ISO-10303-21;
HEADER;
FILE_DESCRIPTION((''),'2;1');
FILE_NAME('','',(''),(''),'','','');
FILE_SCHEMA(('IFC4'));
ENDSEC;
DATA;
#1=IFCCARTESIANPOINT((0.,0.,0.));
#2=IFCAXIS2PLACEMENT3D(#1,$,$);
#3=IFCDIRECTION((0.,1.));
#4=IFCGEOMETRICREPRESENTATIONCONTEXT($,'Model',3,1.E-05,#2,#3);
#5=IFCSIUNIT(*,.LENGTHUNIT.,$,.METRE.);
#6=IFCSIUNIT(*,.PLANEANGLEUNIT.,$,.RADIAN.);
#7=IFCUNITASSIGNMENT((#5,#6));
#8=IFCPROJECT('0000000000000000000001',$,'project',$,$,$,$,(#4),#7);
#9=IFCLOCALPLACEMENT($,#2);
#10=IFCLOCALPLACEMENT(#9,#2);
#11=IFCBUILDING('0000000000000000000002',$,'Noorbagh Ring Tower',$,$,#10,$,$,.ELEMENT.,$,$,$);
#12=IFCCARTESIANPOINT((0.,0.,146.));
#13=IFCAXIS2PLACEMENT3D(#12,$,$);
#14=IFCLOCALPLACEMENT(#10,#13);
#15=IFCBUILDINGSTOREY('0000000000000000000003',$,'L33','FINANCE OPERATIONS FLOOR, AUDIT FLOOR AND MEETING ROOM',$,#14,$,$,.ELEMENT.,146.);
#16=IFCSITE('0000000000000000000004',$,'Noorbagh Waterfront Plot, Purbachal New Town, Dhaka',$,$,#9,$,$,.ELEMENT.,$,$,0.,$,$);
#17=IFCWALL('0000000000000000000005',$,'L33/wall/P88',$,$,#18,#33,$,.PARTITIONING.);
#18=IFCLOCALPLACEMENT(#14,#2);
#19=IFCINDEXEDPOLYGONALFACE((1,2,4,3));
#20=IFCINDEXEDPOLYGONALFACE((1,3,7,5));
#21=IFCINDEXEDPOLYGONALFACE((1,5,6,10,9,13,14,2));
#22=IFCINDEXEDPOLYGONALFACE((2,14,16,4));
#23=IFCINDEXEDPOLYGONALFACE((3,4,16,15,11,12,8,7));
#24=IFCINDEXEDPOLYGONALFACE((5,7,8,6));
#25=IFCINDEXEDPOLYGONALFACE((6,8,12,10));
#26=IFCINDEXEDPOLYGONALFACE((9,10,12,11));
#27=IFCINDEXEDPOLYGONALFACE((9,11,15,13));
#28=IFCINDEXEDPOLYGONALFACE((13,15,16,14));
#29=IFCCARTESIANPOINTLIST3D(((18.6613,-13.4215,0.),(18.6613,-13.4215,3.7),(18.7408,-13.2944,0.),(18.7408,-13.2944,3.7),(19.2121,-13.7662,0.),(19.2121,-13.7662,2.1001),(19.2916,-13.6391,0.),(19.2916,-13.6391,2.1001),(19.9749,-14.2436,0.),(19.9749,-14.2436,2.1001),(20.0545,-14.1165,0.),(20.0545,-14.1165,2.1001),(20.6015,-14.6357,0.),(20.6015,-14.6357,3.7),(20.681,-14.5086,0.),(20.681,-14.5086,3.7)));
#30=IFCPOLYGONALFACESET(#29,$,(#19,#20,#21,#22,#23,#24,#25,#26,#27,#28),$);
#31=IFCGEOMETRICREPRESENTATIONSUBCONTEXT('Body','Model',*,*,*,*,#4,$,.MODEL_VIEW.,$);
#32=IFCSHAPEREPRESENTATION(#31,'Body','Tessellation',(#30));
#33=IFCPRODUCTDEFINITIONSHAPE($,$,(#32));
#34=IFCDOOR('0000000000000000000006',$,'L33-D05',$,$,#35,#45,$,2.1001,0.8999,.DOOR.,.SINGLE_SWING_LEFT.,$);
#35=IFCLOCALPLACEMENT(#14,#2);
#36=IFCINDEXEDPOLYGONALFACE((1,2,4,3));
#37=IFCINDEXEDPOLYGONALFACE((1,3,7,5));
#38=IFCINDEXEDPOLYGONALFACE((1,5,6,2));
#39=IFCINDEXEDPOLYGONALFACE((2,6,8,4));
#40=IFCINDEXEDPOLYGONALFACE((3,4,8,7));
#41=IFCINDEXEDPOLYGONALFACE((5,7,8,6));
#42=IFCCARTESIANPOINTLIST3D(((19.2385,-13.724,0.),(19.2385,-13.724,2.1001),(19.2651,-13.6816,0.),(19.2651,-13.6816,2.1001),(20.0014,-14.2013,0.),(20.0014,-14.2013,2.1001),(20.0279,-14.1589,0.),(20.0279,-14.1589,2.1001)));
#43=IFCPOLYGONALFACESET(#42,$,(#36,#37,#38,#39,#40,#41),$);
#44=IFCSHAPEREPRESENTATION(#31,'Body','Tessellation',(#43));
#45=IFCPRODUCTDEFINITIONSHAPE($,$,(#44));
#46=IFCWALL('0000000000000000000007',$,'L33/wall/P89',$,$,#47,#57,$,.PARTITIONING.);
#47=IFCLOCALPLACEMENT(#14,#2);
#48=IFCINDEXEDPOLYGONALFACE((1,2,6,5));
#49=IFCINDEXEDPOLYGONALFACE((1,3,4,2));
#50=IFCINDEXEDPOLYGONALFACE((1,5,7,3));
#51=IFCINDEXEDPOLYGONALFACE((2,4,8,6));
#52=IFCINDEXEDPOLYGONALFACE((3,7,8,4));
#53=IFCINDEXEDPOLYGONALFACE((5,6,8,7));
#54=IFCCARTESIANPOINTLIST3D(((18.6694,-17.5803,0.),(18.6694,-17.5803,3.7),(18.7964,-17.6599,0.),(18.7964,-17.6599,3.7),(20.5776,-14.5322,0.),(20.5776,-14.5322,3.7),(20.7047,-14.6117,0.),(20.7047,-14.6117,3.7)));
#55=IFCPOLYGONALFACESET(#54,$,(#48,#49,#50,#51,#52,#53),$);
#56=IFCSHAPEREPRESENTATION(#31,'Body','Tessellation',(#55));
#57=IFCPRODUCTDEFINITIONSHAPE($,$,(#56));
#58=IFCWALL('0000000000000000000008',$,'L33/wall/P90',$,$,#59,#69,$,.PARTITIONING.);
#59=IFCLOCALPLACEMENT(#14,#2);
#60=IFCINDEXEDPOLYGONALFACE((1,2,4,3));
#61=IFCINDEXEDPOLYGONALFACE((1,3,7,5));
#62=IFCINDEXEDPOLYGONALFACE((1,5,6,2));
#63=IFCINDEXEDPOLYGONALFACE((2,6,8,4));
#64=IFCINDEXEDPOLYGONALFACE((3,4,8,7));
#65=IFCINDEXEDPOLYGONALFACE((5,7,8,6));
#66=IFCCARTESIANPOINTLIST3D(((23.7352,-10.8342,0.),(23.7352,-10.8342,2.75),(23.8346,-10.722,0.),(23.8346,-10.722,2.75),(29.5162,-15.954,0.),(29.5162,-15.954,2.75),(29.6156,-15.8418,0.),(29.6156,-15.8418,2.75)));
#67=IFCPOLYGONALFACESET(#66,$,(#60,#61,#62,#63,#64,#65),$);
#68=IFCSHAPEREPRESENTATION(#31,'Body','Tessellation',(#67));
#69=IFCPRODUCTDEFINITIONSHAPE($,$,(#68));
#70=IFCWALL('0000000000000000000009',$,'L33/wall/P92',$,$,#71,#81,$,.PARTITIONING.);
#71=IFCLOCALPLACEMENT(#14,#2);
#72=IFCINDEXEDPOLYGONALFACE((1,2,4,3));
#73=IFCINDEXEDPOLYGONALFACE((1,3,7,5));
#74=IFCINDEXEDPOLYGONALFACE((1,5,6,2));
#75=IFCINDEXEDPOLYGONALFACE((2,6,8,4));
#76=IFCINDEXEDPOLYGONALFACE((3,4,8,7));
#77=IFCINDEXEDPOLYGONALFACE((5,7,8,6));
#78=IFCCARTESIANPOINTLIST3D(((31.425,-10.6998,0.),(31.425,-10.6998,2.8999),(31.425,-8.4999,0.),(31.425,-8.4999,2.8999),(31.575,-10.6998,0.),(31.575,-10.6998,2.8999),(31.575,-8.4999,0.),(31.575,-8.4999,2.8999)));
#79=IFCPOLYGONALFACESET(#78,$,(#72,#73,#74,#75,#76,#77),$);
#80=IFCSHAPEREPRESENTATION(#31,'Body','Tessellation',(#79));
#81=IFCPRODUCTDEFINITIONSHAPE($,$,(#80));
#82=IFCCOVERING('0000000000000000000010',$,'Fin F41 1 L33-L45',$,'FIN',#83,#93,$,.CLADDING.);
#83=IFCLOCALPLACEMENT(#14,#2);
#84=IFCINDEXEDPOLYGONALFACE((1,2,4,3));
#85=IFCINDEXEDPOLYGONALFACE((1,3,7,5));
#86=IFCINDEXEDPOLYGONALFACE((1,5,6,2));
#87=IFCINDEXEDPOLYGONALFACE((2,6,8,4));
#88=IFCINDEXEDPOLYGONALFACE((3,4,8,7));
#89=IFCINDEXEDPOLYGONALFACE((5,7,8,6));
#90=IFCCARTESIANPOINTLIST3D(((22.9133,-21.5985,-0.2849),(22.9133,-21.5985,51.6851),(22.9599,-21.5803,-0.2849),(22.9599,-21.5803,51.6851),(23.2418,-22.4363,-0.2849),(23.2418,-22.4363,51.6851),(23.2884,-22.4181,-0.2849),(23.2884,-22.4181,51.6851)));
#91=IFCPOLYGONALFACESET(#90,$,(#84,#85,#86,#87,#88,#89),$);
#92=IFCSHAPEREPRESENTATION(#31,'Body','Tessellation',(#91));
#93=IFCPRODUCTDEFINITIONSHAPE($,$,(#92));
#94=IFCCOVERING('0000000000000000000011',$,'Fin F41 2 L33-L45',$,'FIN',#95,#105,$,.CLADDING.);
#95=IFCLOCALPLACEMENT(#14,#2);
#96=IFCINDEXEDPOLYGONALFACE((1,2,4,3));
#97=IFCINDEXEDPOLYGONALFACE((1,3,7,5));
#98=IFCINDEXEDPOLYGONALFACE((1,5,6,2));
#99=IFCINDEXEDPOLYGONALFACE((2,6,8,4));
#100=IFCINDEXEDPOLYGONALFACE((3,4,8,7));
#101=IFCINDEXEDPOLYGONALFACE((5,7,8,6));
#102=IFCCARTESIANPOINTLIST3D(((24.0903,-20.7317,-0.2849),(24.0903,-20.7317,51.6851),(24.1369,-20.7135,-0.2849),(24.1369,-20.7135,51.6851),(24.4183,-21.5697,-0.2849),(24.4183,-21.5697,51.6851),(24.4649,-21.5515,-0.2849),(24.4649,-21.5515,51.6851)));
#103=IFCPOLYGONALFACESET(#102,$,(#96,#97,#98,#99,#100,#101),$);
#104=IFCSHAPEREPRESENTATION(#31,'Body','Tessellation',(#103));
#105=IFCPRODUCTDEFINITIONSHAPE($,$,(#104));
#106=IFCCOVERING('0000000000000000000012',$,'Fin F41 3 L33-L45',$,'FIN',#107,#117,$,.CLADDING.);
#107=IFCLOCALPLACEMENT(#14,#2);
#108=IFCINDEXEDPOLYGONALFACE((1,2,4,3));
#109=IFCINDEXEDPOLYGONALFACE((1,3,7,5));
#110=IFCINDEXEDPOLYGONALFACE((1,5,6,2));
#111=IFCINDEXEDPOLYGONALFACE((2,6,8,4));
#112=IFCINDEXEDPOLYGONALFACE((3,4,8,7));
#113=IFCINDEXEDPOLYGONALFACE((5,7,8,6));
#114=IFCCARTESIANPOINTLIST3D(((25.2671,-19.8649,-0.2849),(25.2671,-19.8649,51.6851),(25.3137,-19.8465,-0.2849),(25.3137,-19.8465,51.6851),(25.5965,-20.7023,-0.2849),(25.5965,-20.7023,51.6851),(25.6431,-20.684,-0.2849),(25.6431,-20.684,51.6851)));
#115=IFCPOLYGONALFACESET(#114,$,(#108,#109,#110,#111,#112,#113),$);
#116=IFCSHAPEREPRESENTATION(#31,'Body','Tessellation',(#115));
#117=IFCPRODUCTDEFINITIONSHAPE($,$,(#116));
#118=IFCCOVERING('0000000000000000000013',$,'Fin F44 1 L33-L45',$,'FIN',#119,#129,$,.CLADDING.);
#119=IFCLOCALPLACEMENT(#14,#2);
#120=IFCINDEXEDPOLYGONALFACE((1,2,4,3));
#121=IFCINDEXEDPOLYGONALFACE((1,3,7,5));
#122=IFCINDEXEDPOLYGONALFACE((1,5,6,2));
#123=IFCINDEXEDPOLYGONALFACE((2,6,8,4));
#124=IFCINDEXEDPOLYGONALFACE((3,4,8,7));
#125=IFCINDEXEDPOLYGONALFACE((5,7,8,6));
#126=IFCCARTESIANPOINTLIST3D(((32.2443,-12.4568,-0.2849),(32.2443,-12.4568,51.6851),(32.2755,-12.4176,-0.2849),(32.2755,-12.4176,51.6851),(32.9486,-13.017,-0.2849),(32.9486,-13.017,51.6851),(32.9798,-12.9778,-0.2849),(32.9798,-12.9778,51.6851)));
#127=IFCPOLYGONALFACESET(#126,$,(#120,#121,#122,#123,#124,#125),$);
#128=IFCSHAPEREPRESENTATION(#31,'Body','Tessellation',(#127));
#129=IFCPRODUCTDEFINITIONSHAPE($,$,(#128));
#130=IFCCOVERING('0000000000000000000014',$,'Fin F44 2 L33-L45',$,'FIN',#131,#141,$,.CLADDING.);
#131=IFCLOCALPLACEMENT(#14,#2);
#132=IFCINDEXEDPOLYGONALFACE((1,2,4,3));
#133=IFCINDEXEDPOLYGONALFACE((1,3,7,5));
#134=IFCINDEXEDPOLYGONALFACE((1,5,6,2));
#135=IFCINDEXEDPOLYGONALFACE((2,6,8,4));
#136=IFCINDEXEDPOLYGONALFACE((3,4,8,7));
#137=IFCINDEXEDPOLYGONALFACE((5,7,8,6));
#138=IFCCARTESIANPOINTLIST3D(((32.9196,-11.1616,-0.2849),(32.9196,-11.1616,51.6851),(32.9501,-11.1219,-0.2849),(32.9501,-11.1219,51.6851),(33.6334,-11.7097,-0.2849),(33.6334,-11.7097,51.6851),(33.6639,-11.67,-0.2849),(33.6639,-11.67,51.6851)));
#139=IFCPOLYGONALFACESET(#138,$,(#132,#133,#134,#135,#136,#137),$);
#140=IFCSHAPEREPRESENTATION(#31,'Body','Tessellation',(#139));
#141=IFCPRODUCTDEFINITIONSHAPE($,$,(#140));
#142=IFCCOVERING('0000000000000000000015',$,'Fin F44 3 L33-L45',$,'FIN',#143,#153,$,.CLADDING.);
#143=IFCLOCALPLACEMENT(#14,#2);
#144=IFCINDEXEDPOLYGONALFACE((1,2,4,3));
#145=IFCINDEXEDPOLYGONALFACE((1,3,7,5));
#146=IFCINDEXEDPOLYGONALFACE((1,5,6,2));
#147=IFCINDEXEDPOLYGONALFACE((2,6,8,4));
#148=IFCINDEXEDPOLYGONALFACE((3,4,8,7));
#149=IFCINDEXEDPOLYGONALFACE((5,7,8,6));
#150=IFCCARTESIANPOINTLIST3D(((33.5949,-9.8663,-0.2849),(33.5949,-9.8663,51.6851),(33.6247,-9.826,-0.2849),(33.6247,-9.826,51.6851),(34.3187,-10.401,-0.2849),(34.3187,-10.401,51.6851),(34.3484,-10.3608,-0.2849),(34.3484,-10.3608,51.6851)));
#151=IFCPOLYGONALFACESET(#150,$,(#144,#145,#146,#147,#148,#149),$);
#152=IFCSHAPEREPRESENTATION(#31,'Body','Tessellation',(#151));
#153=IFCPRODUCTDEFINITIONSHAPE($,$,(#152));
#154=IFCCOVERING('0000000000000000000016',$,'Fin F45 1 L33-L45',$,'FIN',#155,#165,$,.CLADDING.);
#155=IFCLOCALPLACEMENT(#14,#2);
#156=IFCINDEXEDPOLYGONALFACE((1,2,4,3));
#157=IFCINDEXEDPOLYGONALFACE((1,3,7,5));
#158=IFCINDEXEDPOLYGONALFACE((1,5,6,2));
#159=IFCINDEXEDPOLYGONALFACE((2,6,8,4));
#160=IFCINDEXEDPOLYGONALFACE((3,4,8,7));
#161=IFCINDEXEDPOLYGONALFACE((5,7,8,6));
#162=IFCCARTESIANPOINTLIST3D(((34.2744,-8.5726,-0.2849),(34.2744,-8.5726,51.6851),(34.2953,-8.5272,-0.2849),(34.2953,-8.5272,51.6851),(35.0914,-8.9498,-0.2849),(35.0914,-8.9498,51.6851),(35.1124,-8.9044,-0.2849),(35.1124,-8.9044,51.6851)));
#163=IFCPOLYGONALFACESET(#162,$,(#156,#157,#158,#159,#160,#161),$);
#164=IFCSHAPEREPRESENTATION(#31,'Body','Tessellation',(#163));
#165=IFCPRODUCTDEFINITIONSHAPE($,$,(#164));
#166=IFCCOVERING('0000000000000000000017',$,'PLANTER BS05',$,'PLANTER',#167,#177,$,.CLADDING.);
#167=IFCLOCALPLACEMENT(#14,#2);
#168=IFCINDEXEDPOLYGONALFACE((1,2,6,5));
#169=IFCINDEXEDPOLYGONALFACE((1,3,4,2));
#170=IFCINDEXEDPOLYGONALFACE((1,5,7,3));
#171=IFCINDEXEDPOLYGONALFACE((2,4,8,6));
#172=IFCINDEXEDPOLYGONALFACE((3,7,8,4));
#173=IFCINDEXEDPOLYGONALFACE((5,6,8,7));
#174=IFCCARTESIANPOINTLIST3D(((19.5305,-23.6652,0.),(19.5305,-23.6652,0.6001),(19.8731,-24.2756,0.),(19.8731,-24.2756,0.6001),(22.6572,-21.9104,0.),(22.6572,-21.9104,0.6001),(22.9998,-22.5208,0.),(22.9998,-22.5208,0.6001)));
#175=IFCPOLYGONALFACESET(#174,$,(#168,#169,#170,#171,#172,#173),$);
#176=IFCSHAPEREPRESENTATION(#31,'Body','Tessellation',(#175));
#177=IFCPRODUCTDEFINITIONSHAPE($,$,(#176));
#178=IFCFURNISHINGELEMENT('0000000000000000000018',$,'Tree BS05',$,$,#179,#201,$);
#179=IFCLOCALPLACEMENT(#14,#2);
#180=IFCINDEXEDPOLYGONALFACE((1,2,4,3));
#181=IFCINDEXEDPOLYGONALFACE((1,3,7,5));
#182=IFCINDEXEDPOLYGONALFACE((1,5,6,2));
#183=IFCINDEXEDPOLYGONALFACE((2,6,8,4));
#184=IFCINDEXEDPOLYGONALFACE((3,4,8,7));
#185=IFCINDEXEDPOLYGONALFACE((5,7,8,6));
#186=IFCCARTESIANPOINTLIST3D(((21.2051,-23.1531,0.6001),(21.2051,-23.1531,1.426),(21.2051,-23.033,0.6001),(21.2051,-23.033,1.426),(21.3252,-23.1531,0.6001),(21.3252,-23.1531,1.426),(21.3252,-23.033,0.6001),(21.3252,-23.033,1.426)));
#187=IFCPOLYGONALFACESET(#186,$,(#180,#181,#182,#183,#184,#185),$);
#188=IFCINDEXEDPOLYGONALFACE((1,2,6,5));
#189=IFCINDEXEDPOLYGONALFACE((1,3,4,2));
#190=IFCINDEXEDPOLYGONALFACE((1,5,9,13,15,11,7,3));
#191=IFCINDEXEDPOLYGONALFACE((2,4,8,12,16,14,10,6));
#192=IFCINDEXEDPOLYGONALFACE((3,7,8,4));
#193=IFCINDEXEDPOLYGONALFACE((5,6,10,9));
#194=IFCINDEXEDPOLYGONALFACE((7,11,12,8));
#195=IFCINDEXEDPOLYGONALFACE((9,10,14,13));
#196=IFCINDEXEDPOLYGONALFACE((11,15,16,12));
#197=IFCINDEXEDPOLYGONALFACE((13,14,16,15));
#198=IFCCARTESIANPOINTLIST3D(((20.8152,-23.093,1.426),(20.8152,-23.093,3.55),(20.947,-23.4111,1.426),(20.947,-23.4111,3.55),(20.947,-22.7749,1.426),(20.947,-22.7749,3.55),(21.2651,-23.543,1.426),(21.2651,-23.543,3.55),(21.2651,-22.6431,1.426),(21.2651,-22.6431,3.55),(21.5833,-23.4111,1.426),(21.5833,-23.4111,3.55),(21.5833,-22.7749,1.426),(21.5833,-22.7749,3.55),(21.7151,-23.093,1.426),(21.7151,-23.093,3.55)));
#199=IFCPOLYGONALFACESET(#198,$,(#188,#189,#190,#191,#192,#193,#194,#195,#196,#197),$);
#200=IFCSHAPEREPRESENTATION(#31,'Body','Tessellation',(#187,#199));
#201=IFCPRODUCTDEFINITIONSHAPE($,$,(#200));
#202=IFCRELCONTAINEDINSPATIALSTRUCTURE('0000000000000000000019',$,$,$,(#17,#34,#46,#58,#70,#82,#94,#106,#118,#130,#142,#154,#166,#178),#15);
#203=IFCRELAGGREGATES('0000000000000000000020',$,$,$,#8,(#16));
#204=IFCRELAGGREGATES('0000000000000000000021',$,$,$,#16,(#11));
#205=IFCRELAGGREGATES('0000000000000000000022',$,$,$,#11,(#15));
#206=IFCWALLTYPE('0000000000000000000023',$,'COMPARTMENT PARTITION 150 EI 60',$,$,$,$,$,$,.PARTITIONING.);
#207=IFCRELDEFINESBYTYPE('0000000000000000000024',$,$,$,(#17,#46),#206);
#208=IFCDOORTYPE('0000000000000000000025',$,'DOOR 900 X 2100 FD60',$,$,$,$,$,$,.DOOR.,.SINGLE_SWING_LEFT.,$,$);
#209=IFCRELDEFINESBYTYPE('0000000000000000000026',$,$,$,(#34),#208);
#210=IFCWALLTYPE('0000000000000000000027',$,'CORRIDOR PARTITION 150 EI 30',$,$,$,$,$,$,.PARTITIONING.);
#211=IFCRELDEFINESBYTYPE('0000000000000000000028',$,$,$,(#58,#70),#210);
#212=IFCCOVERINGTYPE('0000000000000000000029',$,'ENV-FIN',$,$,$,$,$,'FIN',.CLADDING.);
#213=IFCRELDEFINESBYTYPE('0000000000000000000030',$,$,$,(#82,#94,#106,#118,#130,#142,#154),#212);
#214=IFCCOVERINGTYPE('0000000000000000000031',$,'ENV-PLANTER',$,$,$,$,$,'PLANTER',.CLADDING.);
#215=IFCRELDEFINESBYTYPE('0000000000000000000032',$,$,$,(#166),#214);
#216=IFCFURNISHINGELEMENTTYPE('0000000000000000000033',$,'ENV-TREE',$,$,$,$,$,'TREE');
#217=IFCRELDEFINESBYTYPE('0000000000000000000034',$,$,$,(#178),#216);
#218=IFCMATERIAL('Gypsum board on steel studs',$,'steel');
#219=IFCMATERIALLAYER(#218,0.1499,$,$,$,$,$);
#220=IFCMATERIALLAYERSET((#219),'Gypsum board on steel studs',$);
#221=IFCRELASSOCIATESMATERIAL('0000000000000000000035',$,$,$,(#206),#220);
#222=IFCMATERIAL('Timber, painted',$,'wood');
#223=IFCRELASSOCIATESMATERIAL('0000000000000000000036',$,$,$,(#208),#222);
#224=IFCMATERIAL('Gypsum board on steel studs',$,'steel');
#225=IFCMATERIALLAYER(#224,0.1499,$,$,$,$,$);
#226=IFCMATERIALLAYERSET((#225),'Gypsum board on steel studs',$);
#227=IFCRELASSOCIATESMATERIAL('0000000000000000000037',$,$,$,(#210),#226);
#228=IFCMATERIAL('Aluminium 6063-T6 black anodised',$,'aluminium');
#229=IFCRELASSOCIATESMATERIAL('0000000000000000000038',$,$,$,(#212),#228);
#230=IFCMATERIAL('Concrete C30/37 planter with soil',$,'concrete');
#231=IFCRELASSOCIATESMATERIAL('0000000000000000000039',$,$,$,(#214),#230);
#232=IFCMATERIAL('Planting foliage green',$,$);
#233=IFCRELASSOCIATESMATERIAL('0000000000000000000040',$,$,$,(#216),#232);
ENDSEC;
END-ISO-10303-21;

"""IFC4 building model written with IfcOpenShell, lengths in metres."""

from ifc_helpers import new_model, si_unit, direction, frame, frame_2d, origin, origin_2d, place, context, subcontext, project, spatial, polyline, rectangle, outline, extrude, material, layer, layer_set, material_profile, profile_set, type_object, element, fill, save


model = new_model("IFC4")

# Units and contexts
model_context = context("Model", 3, precision=1e-05, world=origin(), true_north=direction((0.0, 1.0)))
body_context = subcontext(model_context, "Body", "Model", "MODEL_VIEW")
ifc_project = project(units=[si_unit("LENGTHUNIT", "METRE"), si_unit("PLANEANGLEUNIT", "RADIAN")], contexts=[model_context])

# Site, building, storey
site_placement = place(None, origin())
site = spatial("IfcSite", under=ifc_project, at=site_placement, Name="Noorbagh Waterfront Plot, Purbachal New Town, Dhaka", CompositionType="ELEMENT", RefElevation=0.0)
building_placement = place(site_placement, origin())
building = spatial("IfcBuilding", under=site, at=building_placement, Name="Noorbagh Ring Tower", CompositionType="ELEMENT")
storey_placement = place(building_placement, frame((0.0, 0.0, 146.0)))
storey = spatial("IfcBuildingStorey", under=building, at=storey_placement, Name="L33", Description="FINANCE OPERATIONS FLOOR, AUDIT FLOOR AND MEETING ROOM", CompositionType="ELEMENT", Elevation=146.0)

# Shared definitions
ifc_material_1 = material(Name="Gypsum board on steel studs", Category="steel")
ifc_layer_1 = layer(ifc_material_1, 0.1499)
ifc_layer_set_1 = layer_set([ifc_layer_1], Name="Gypsum board on steel studs")
wall_type_1 = type_object("IfcWallType", Name="COMPARTMENT PARTITION 150 EI 60", PredefinedType="PARTITIONING", material=ifc_layer_set_1)

# Wall, opening, door
wall_1_placement = place(storey_placement, frame((18.7009, -13.3579, 0.0), z_axis=(0.0, 0.0, 1.0), x_axis=(0.847705, -0.530469, 0.0)))
wall_1 = element("IfcWall", 1, at=wall_1_placement, inside=storey, type_object=wall_type_1, Name="L33/wall/P88", PredefinedType="PARTITIONING", context=body_context, shape_type="SweptSolid", body=[
    extrude(rectangle(XDim=2.2888, YDim=0.1499, at=frame_2d((1.1445, 0.0))), origin(), (0.0, 0.0, 1.0), 3.7),
])
opening_placement = place(wall_1_placement, frame((0.6499, 0.0, 0.0)))
opening = element("IfcOpeningElement", 2, at=opening_placement, cuts=wall_1, PredefinedType="OPENING", context=body_context, shape_type="SweptSolid", body=[
    extrude(rectangle(XDim=0.8999, YDim=2.1001, at=frame_2d((0.45, 1.05))), frame((0.0, 0.085, 0.0), z_axis=(0.0, -1.0, 0.0), x_axis=(1.0, 0.0, 0.0)), (0.0, 0.0, 1.0), 0.1699),
])
ifc_material_2 = material(Name="Timber, painted", Category="wood")
door_type = type_object("IfcDoorType", Name="DOOR 900 X 2100 FD60", OperationType="SINGLE_SWING_LEFT", PredefinedType="DOOR", material=ifc_material_2)
door_placement = place(opening_placement, origin())
door = element("IfcDoor", 3, at=door_placement, inside=storey, type_object=door_type, Name="L33-D05", OperationType="SINGLE_SWING_LEFT", OverallHeight=2.1001, OverallWidth=0.8999, PredefinedType="DOOR", context=body_context, shape_type="SweptSolid", body=[
    extrude(rectangle(XDim=0.8999, YDim=2.1001, at=frame_2d((0.45, 1.05))), frame((0.0, 0.0249, 0.0), z_axis=(0.0, -1.0, 0.0), x_axis=(1.0, 0.0, 0.0)), (0.0, 0.0, 1.0), 0.05),
])
fill(opening, door)

# Walls
wall_2_placement = place(storey_placement, frame((18.7329, -17.6201, 0.0), z_axis=(0.0, 0.0, 1.0), x_axis=(0.530627, 0.847605, 0.0)))
element("IfcWall", 4, at=wall_2_placement, inside=storey, type_object=wall_type_1, Name="L33/wall/P89", PredefinedType="PARTITIONING", context=body_context, shape_type="SweptSolid", body=[
    extrude(rectangle(XDim=3.5962, YDim=0.1499, at=frame_2d((1.7981, 0.0))), origin(), (0.0, 0.0, 1.0), 3.7),
])
ifc_material_3 = material(Name="Gypsum board on steel studs", Category="steel")
ifc_layer_2 = layer(ifc_material_3, 0.1499)
ifc_layer_set_2 = layer_set([ifc_layer_2], Name="Gypsum board on steel studs")
wall_type_2 = type_object("IfcWallType", Name="CORRIDOR PARTITION 150 EI 30", PredefinedType="PARTITIONING", material=ifc_layer_set_2)
wall_3_placement = place(storey_placement, frame((23.7849, -10.7781, 0.0), z_axis=(0.0, 0.0, 1.0), x_axis=(0.748617, -0.663003, 0.0)))
element("IfcWall", 5, at=wall_3_placement, inside=storey, type_object=wall_type_2, Name="L33/wall/P90", PredefinedType="PARTITIONING", context=body_context, shape_type="SweptSolid", body=[
    extrude(rectangle(XDim=7.7222, YDim=0.1499, at=frame_2d((3.8611, 0.0))), origin(), (0.0, 0.0, 1.0), 2.75),
])
wall_4_placement = place(storey_placement, frame((31.5, -10.7, 0.0), z_axis=(0.0, 0.0, 1.0), x_axis=(0.0, 1.0, 0.0)))
element("IfcWall", 6, at=wall_4_placement, inside=storey, type_object=wall_type_2, Name="L33/wall/P92", PredefinedType="PARTITIONING", context=body_context, shape_type="SweptSolid", body=[
    extrude(rectangle(XDim=2.2, YDim=0.1499, at=frame_2d((1.1001, 0.0))), origin(), (0.0, 0.0, 1.0), 2.8999),
])

# Coverings
ifc_material_4 = material(Name="Aluminium 6063-T6 black anodised", Category="aluminium")
ifc_material_profile_1 = material_profile(ifc_material_4, rectangle(XDim=0.8999, YDim=0.05, at=origin_2d()), Name="900x50")
ifc_profile_set_1 = profile_set([ifc_material_profile_1], Name="Aluminium 6063-T6 black anodised")
covering_type_1 = type_object("IfcCoveringType", Name="ENV-FIN", ElementType="FIN", PredefinedType="CLADDING", material=ifc_profile_set_1)
for number, where, z_axis, x_axis, name in (
    (7, (23.1008, -22.0083, -0.2849), (0.0, 0.0, 1.0), (0.365038, -0.930993, 0.0), "Fin F41 1 L33-L45"),
    (8, (24.2776, -21.1416, -0.2849), (0.0, 0.0, 1.0), (0.364533, -0.93119, 0.0), "Fin F41 2 L33-L45"),
    (9, (25.4551, -20.2744, -0.2849), (0.0, 0.0, 1.0), (0.366047, -0.930596, 0.0), "Fin F41 3 L33-L45"),
    (10, (32.6121, -12.7173, -0.2849), (0.0, 0.0, 1.0), (0.782644, -0.62247, 0.0), "Fin F44 1 L33-L45"),
    (11, (33.2917, -11.4158, -0.2849), (0.0, 0.0, 1.0), (0.793138, -0.609043, 0.0), "Fin F44 2 L33-L45"),
    (12, (33.9717, -10.1135, -0.2849), (0.0, 0.0, 1.0), (0.80426, -0.594277, 0.0), "Fin F44 3 L33-L45"),
    (13, (34.6934, -8.7385, -0.2849), (0.0, 0.0, 1.0), (0.907912, -0.419162, 0.0), "Fin F45 1 L33-L45"),
):
    element("IfcCovering", number, at=place(storey_placement, frame(where, z_axis=z_axis, x_axis=x_axis)), inside=storey, type_object=covering_type_1, Name=name, ObjectType="FIN", PredefinedType="CLADDING", context=body_context, shape_type="SweptSolid", body=[
        extrude(rectangle(XDim=0.8999, YDim=0.05, at=origin_2d()), origin(), (0.0, 0.0, 1.0), 51.97),
    ])
ifc_material_5 = material(Name="Concrete C30/37 planter with soil", Category="concrete")
covering_type_2 = type_object("IfcCoveringType", Name="ENV-PLANTER", ElementType="PLANTER", PredefinedType="CLADDING", material=ifc_material_5)
covering_placement = place(storey_placement, frame((21.2651, -23.093, 0.0), z_axis=(0.0, 0.0, 1.0), x_axis=(0.872045, 0.489426, 0.0)))
element("IfcCovering", 14, at=covering_placement, inside=storey, type_object=covering_type_2, Name="PLANTER BS05", ObjectType="PLANTER", PredefinedType="CLADDING", context=body_context, shape_type="SweptSolid", body=[
    extrude(rectangle(XDim=3.5854, YDim=0.7, at=origin_2d()), origin(), (0.0, 0.0, 1.0), 0.6001),
])

# Furnishing element
ifc_material_6 = material(Name="Planting foliage green")
furnishing_element_type = type_object("IfcFurnishingElementType", Name="ENV-TREE", ElementType="TREE", material=ifc_material_6)
furnishing_placement = place(storey_placement, frame((21.2651, -23.093, 0.6001), z_axis=(0.0, 0.0, 1.0), x_axis=(1.0, 0.0, 0.0)))
element("IfcFurnishingElement", 15, at=furnishing_placement, inside=storey, type_object=furnishing_element_type, Name="Tree BS05", context=body_context, shape_type="SweptSolid", body=[
    extrude(rectangle(XDim=0.1201, YDim=0.1201, at=origin_2d()), origin(), (0.0, 0.0, 1.0), 0.8259),
    extrude(outline(polyline([(0.45, 0.0), (0.3181, 0.3181), (0.0, 0.45), (-0.3181, 0.3181), (-0.45, 0.0), (-0.3181, -0.3181), (0.0, -0.45), (0.3181, -0.3181), (0.45, 0.0)])), frame((0.0, 0.0, 0.8259)), (0.0, 0.0, 1.0), 2.124),
])

save(model, "model.ifc")
